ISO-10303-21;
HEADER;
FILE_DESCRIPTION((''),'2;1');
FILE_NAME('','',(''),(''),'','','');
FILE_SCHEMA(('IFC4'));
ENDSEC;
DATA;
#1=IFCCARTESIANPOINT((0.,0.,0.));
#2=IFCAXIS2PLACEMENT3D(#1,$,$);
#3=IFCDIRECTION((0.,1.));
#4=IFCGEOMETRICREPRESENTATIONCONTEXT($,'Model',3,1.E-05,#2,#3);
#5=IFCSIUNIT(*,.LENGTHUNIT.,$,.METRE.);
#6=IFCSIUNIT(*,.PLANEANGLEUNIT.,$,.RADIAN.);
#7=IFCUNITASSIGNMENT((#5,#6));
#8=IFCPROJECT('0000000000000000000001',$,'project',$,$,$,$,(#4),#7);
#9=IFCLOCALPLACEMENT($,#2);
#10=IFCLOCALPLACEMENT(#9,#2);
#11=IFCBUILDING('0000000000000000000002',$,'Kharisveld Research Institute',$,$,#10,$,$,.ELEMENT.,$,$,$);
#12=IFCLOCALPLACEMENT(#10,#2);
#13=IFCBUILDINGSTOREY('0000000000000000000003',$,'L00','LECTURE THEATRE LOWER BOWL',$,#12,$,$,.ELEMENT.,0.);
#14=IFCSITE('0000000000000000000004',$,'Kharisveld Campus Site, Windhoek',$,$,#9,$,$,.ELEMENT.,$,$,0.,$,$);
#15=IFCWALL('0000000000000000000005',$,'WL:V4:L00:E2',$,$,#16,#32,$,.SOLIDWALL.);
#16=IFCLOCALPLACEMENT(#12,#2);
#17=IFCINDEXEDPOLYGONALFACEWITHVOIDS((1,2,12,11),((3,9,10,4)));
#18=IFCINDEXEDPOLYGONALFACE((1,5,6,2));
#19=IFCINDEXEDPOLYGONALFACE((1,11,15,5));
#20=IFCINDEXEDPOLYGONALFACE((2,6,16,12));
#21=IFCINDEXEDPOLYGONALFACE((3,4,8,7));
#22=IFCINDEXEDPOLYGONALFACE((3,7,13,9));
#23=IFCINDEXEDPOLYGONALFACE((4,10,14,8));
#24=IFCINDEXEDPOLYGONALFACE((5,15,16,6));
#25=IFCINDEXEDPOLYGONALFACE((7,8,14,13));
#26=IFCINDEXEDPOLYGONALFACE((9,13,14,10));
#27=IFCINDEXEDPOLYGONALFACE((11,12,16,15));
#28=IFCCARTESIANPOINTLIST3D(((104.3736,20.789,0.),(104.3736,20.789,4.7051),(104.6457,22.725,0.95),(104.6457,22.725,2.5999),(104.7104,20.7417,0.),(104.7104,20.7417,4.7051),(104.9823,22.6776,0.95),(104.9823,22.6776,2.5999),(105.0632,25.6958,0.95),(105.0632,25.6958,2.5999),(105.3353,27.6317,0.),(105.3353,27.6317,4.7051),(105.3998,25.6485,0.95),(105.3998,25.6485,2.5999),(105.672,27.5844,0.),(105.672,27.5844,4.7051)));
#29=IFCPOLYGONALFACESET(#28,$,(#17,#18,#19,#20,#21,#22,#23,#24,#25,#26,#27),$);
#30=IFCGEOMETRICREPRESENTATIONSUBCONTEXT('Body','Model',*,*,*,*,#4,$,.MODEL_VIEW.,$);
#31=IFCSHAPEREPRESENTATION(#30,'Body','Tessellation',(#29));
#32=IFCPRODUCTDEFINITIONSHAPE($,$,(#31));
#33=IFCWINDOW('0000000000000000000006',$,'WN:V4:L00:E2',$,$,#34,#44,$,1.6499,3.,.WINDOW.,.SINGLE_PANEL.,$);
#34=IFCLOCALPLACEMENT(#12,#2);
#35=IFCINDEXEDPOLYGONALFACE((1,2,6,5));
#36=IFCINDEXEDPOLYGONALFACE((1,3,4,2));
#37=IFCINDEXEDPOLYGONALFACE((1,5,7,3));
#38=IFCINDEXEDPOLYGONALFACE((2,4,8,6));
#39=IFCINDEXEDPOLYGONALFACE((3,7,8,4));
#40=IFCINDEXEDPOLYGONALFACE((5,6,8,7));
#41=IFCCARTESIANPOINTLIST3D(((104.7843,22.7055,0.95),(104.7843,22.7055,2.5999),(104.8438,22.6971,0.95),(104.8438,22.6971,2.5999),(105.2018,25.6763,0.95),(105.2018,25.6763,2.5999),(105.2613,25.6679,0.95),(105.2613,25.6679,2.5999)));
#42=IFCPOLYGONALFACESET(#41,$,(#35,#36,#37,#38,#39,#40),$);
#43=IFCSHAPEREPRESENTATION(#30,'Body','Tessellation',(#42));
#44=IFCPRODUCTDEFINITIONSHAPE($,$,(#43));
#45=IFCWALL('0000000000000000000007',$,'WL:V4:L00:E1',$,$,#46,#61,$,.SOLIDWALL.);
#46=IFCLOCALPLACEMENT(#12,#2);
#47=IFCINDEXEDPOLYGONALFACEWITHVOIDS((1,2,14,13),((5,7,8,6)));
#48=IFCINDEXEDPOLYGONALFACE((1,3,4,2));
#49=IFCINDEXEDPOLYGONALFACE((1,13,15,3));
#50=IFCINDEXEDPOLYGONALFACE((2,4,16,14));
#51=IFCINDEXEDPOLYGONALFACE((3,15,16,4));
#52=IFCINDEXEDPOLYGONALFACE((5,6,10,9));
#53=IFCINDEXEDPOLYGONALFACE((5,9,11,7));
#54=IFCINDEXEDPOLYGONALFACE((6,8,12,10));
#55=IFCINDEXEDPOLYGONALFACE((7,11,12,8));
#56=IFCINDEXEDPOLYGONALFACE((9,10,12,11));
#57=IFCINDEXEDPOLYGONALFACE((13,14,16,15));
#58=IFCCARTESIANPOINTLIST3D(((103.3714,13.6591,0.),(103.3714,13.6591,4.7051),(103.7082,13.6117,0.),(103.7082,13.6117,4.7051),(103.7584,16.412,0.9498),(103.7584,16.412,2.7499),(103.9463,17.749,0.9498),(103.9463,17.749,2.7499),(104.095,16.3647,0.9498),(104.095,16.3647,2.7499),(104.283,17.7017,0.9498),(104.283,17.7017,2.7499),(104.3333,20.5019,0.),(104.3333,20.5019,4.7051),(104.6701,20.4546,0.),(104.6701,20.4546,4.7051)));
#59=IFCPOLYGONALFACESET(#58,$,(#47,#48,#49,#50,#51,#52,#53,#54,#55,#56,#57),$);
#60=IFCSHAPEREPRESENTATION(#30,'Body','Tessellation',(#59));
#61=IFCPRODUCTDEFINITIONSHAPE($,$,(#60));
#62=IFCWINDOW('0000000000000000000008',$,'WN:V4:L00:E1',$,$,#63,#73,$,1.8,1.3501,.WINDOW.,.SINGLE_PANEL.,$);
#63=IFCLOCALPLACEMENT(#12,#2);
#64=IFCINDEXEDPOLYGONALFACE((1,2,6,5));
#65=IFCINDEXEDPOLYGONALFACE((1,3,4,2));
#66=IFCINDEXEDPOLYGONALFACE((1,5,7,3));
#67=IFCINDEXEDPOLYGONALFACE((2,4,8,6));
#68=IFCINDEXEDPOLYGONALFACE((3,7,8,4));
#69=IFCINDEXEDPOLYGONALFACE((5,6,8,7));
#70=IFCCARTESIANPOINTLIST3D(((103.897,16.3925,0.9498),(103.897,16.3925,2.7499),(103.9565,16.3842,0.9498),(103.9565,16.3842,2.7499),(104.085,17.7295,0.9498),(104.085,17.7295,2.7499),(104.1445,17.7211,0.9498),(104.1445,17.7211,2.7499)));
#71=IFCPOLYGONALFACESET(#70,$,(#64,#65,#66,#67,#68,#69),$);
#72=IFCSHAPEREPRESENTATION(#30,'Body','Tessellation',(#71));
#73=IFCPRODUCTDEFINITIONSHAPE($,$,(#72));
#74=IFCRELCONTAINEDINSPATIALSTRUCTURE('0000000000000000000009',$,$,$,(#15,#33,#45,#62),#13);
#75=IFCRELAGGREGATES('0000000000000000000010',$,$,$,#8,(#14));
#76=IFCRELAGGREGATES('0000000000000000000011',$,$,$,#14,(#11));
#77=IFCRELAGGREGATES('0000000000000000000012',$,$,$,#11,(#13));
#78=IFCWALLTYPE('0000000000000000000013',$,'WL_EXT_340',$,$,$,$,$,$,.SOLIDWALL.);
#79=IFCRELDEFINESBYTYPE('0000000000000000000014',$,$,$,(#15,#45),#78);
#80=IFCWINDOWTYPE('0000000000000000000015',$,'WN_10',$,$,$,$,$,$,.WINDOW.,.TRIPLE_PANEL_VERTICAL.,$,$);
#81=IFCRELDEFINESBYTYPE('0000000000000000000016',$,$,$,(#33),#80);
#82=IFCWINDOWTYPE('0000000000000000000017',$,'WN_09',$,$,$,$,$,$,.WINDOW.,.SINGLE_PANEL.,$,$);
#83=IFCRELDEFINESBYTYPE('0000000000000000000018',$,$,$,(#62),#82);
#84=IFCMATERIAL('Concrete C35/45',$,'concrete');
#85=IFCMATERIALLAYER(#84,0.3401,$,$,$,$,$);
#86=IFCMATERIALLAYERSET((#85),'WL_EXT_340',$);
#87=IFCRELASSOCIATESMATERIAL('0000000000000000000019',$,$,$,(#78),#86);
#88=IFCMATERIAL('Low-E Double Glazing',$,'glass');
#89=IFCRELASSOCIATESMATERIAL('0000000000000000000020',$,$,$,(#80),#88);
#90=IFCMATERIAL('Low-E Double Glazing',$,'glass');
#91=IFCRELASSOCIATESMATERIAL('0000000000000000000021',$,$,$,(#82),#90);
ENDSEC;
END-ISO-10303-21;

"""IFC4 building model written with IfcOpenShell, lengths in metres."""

from ifc_helpers import new_model, si_unit, direction, frame, frame_2d, origin, place, context, subcontext, project, spatial, rectangle, extrude, material, layer, layer_set, type_object, element, fill, save


model = new_model("IFC4")

# Units and contexts
model_context = context("Model", 3, precision=1e-05, world=origin(), true_north=direction((0.0, 1.0)))
body_context = subcontext(model_context, "Body", "Model", "MODEL_VIEW")
ifc_project = project(units=[si_unit("LENGTHUNIT", "METRE"), si_unit("PLANEANGLEUNIT", "RADIAN")], contexts=[model_context])

# Site, building, storey
site_placement = place(None, origin())
site = spatial("IfcSite", under=ifc_project, at=site_placement, Name="Kharisveld Campus Site, Windhoek", CompositionType="ELEMENT", RefElevation=0.0)
building_placement = place(site_placement, origin())
building = spatial("IfcBuilding", under=site, at=building_placement, Name="Kharisveld Research Institute", CompositionType="ELEMENT")
storey_placement = place(building_placement, origin())
storey = spatial("IfcBuildingStorey", under=building, at=storey_placement, Name="L00", Description="LECTURE THEATRE LOWER BOWL", CompositionType="ELEMENT", Elevation=0.0)

# Walls, openings, windows
ifc_material_1 = material(Name="Concrete C35/45", Category="concrete")
ifc_layer_1 = layer(ifc_material_1, 0.3401)
ifc_layer_set_1 = layer_set([ifc_layer_1], Name="WL_EXT_340")
wall_type_1 = type_object("IfcWallType", Name="WL_EXT_340", PredefinedType="SOLIDWALL", material=ifc_layer_set_1)
wall_1_placement = place(storey_placement, frame((105.5037, 27.6082, 0.0), z_axis=(0.0, 0.0, 1.0), x_axis=(-0.13917, -0.990268, 0.0)))
wall_1 = element("IfcWall", 1, at=wall_1_placement, inside=storey, type_object=wall_type_1, Name="WL:V4:L00:E2", PredefinedType="SOLIDWALL", context=body_context, shape_type="SweptSolid", body=[
    extrude(rectangle(XDim=6.9099, YDim=0.3401, at=frame_2d((3.4551, 0.0))), origin(), (0.0, 0.0, 1.0), 4.7051),
])
opening_1_placement = place(wall_1_placement, frame((1.9551, 0.0, 0.95)))
opening_1 = element("IfcOpeningElement", 2, at=opening_1_placement, cuts=wall_1, PredefinedType="OPENING", context=body_context, shape_type="SweptSolid", body=[
    extrude(rectangle(XDim=3.0, YDim=1.6499, at=frame_2d((1.5, 0.825))), frame((0.0, 0.1699, 0.0), z_axis=(0.0, -1.0, 0.0), x_axis=(1.0, 0.0, 0.0)), (0.0, 0.0, 1.0), 0.3401),
])
ifc_material_2 = material(Name="Low-E Double Glazing", Category="glass")
window_type_1 = type_object("IfcWindowType", Name="WN_10", PartitioningType="TRIPLE_PANEL_VERTICAL", PredefinedType="WINDOW", material=ifc_material_2)
window_1_placement = place(opening_1_placement, origin())
window_1 = element("IfcWindow", 3, at=window_1_placement, inside=storey, type_object=window_type_1, Name="WN:V4:L00:E2", OverallHeight=1.6499, OverallWidth=3.0, PartitioningType="SINGLE_PANEL", PredefinedType="WINDOW", context=body_context, shape_type="SweptSolid", body=[
    extrude(rectangle(XDim=3.0, YDim=1.6499, at=frame_2d((1.5, 0.825))), frame((0.0, 0.03, 0.0), z_axis=(0.0, -1.0, 0.0), x_axis=(1.0, 0.0, 0.0)), (0.0, 0.0, 1.0), 0.0601),
])
fill(opening_1, window_1)
wall_2_placement = place(storey_placement, frame((104.5017, 20.4783, 0.0), z_axis=(0.0, 0.0, 1.0), x_axis=(-0.139205, -0.990264, 0.0)))
wall_2 = element("IfcWall", 4, at=wall_2_placement, inside=storey, type_object=wall_type_1, Name="WL:V4:L00:E1", PredefinedType="SOLIDWALL", context=body_context, shape_type="SweptSolid", body=[
    extrude(rectangle(XDim=6.9102, YDim=0.3401, at=frame_2d((3.4551, 0.0))), origin(), (0.0, 0.0, 1.0), 4.7051),
])
opening_2_placement = place(wall_2_placement, frame((2.78, 0.0, 0.95)))
opening_2 = element("IfcOpeningElement", 5, at=opening_2_placement, cuts=wall_2, PredefinedType="OPENING", context=body_context, shape_type="SweptSolid", body=[
    extrude(rectangle(XDim=1.3501, YDim=1.8, at=frame_2d((0.675, 0.8999))), frame((0.0, 0.1699, 0.0), z_axis=(0.0, -1.0, 0.0), x_axis=(1.0, 0.0, 0.0)), (0.0, 0.0, 1.0), 0.3401),
])
ifc_material_3 = material(Name="Low-E Double Glazing", Category="glass")
window_type_2 = type_object("IfcWindowType", Name="WN_09", PartitioningType="SINGLE_PANEL", PredefinedType="WINDOW", material=ifc_material_3)
window_2_placement = place(opening_2_placement, origin())
window_2 = element("IfcWindow", 6, at=window_2_placement, inside=storey, type_object=window_type_2, Name="WN:V4:L00:E1", OverallHeight=1.8, OverallWidth=1.3501, PartitioningType="SINGLE_PANEL", PredefinedType="WINDOW", context=body_context, shape_type="SweptSolid", body=[
    extrude(rectangle(XDim=1.3501, YDim=1.8, at=frame_2d((0.675, 0.8999))), frame((0.0, 0.03, 0.0), z_axis=(0.0, -1.0, 0.0), x_axis=(1.0, 0.0, 0.0)), (0.0, 0.0, 1.0), 0.0601),
])
fill(opening_2, window_2)

save(model, "model.ifc")
